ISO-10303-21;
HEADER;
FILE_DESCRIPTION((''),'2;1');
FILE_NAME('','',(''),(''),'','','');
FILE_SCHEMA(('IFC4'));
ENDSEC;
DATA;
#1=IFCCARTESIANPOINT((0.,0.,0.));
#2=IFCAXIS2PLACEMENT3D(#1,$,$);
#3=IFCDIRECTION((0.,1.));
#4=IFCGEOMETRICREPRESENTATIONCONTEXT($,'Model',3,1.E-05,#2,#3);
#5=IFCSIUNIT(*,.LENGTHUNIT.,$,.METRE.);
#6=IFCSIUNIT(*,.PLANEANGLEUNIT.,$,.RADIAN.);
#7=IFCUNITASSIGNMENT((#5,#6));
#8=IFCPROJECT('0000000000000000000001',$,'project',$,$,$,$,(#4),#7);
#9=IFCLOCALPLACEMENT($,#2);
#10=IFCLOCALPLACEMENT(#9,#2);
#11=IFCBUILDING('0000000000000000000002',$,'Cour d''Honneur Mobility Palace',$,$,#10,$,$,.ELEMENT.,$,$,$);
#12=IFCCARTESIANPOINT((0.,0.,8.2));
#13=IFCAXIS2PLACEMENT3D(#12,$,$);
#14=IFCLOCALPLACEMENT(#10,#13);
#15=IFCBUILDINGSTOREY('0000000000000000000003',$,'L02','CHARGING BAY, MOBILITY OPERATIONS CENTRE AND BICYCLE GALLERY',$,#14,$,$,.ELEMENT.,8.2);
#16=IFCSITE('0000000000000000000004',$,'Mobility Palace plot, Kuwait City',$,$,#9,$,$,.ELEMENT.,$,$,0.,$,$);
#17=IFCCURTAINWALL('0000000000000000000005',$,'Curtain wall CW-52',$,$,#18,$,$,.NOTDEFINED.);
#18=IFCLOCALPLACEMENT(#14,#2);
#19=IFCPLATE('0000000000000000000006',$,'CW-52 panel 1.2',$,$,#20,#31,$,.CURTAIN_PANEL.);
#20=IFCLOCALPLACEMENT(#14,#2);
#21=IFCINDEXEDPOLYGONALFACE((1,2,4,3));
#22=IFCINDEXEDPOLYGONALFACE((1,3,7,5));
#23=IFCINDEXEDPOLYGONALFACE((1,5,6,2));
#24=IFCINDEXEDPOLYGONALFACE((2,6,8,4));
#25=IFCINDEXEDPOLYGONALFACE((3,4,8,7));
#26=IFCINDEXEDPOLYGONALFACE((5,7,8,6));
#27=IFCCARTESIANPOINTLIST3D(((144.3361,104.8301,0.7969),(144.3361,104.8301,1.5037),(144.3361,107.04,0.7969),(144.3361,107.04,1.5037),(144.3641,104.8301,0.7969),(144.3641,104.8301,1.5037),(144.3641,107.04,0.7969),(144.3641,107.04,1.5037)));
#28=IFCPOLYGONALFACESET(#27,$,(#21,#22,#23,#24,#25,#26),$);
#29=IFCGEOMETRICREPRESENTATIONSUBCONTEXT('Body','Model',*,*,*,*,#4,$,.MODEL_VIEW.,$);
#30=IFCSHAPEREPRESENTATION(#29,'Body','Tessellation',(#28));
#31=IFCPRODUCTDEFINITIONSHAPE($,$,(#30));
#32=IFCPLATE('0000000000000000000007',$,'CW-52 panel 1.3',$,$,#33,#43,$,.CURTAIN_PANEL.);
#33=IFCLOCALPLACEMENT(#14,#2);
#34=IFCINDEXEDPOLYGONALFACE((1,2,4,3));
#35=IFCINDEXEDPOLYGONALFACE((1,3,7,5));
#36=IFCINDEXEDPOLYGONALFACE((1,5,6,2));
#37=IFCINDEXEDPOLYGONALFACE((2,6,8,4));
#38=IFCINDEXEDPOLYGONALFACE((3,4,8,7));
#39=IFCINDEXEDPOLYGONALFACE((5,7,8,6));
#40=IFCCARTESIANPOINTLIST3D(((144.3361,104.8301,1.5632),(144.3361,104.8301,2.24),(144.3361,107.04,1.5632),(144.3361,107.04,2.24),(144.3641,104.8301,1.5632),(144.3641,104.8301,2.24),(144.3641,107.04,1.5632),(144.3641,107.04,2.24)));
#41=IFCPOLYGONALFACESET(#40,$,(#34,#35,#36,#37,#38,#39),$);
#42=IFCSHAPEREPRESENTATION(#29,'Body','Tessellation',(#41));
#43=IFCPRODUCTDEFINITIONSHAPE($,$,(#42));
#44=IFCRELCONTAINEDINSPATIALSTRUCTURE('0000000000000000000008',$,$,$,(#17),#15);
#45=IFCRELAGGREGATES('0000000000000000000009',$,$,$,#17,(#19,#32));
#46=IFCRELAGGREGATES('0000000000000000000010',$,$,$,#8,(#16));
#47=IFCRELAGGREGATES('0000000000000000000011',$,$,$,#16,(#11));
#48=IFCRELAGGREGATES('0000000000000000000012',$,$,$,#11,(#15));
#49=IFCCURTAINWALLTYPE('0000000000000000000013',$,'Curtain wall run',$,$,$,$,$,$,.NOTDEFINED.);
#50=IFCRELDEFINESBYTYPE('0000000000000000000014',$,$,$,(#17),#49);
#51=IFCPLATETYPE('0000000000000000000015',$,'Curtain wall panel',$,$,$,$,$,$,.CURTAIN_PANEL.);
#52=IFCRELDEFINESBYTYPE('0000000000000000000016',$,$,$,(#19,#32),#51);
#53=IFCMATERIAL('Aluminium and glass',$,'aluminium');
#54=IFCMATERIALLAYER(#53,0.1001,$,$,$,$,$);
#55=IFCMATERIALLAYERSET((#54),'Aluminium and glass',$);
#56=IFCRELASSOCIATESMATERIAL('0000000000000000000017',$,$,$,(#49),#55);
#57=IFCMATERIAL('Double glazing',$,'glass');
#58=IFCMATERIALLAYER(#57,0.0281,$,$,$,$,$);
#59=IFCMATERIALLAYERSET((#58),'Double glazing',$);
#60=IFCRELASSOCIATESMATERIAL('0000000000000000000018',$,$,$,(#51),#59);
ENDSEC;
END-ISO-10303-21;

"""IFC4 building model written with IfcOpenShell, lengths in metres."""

from ifc_helpers import new_model, si_unit, direction, frame, origin, origin_2d, place, context, subcontext, project, spatial, rectangle, extrude, material, layer, layer_set, type_object, element, aggregate, save


model = new_model("IFC4")

# Units and contexts
model_context = context("Model", 3, precision=1e-05, world=origin(), true_north=direction((0.0, 1.0)))
body_context = subcontext(model_context, "Body", "Model", "MODEL_VIEW")
ifc_project = project(units=[si_unit("LENGTHUNIT", "METRE"), si_unit("PLANEANGLEUNIT", "RADIAN")], contexts=[model_context])

# Site, building, storey
site_placement = place(None, origin())
site = spatial("IfcSite", under=ifc_project, at=site_placement, Name="Mobility Palace plot, Kuwait City", CompositionType="ELEMENT", RefElevation=0.0)
building_placement = place(site_placement, origin())
building = spatial("IfcBuilding", under=site, at=building_placement, Name="Cour d'Honneur Mobility Palace", CompositionType="ELEMENT")
storey_placement = place(building_placement, frame((0.0, 0.0, 8.2)))
storey = spatial("IfcBuildingStorey", under=building, at=storey_placement, Name="L02", Description="CHARGING BAY, MOBILITY OPERATIONS CENTRE AND BICYCLE GALLERY", CompositionType="ELEMENT", Elevation=8.2)

# Shared definitions
ifc_material_1 = material(Name="Aluminium and glass", Category="aluminium")
ifc_layer_1 = layer(ifc_material_1, 0.1001)
ifc_layer_set_1 = layer_set([ifc_layer_1], Name="Aluminium and glass")
curtain_wall_type = type_object("IfcCurtainWallType", Name="Curtain wall run", PredefinedType="NOTDEFINED", material=ifc_layer_set_1)

# Curtain wall
curtain_wall_1_placement = place(storey_placement, origin())
curtain_wall_1 = element("IfcCurtainWall", 1, at=curtain_wall_1_placement, inside=storey, type_object=curtain_wall_type, Name="Curtain wall CW-52", PredefinedType="NOTDEFINED")

# Plates
ifc_material_2 = material(Name="Double glazing", Category="glass")
ifc_layer_2 = layer(ifc_material_2, 0.0281)
ifc_layer_set_2 = layer_set([ifc_layer_2], Name="Double glazing")
plate_type = type_object("IfcPlateType", Name="Curtain wall panel", PredefinedType="CURTAIN_PANEL", material=ifc_layer_set_2)
plate_1_placement = place(storey_placement, frame((144.3501, 105.9351, 0.7969), z_axis=(0.0, 0.0, 1.0), x_axis=(0.0, -1.0, 0.0)))
plate_1 = element("IfcPlate", 2, at=plate_1_placement, type_object=plate_type, Name="CW-52 panel 1.2", PredefinedType="CURTAIN_PANEL", context=body_context, shape_type="SweptSolid", body=[
    extrude(rectangle(XDim=2.21, YDim=0.0281, at=origin_2d()), origin(), (0.0, 0.0, 1.0), 0.7068),
])
plate_2_placement = place(storey_placement, frame((144.3501, 105.9351, 1.5632), z_axis=(0.0, 0.0, 1.0), x_axis=(0.0, -1.0, 0.0)))
plate_2 = element("IfcPlate", 3, at=plate_2_placement, type_object=plate_type, Name="CW-52 panel 1.3", PredefinedType="CURTAIN_PANEL", context=body_context, shape_type="SweptSolid", body=[
    extrude(rectangle(XDim=2.21, YDim=0.0281, at=origin_2d()), origin(), (0.0, 0.0, 1.0), 0.6768),
])
aggregate(curtain_wall_1, [plate_1, plate_2])

save(model, "model.ifc")
